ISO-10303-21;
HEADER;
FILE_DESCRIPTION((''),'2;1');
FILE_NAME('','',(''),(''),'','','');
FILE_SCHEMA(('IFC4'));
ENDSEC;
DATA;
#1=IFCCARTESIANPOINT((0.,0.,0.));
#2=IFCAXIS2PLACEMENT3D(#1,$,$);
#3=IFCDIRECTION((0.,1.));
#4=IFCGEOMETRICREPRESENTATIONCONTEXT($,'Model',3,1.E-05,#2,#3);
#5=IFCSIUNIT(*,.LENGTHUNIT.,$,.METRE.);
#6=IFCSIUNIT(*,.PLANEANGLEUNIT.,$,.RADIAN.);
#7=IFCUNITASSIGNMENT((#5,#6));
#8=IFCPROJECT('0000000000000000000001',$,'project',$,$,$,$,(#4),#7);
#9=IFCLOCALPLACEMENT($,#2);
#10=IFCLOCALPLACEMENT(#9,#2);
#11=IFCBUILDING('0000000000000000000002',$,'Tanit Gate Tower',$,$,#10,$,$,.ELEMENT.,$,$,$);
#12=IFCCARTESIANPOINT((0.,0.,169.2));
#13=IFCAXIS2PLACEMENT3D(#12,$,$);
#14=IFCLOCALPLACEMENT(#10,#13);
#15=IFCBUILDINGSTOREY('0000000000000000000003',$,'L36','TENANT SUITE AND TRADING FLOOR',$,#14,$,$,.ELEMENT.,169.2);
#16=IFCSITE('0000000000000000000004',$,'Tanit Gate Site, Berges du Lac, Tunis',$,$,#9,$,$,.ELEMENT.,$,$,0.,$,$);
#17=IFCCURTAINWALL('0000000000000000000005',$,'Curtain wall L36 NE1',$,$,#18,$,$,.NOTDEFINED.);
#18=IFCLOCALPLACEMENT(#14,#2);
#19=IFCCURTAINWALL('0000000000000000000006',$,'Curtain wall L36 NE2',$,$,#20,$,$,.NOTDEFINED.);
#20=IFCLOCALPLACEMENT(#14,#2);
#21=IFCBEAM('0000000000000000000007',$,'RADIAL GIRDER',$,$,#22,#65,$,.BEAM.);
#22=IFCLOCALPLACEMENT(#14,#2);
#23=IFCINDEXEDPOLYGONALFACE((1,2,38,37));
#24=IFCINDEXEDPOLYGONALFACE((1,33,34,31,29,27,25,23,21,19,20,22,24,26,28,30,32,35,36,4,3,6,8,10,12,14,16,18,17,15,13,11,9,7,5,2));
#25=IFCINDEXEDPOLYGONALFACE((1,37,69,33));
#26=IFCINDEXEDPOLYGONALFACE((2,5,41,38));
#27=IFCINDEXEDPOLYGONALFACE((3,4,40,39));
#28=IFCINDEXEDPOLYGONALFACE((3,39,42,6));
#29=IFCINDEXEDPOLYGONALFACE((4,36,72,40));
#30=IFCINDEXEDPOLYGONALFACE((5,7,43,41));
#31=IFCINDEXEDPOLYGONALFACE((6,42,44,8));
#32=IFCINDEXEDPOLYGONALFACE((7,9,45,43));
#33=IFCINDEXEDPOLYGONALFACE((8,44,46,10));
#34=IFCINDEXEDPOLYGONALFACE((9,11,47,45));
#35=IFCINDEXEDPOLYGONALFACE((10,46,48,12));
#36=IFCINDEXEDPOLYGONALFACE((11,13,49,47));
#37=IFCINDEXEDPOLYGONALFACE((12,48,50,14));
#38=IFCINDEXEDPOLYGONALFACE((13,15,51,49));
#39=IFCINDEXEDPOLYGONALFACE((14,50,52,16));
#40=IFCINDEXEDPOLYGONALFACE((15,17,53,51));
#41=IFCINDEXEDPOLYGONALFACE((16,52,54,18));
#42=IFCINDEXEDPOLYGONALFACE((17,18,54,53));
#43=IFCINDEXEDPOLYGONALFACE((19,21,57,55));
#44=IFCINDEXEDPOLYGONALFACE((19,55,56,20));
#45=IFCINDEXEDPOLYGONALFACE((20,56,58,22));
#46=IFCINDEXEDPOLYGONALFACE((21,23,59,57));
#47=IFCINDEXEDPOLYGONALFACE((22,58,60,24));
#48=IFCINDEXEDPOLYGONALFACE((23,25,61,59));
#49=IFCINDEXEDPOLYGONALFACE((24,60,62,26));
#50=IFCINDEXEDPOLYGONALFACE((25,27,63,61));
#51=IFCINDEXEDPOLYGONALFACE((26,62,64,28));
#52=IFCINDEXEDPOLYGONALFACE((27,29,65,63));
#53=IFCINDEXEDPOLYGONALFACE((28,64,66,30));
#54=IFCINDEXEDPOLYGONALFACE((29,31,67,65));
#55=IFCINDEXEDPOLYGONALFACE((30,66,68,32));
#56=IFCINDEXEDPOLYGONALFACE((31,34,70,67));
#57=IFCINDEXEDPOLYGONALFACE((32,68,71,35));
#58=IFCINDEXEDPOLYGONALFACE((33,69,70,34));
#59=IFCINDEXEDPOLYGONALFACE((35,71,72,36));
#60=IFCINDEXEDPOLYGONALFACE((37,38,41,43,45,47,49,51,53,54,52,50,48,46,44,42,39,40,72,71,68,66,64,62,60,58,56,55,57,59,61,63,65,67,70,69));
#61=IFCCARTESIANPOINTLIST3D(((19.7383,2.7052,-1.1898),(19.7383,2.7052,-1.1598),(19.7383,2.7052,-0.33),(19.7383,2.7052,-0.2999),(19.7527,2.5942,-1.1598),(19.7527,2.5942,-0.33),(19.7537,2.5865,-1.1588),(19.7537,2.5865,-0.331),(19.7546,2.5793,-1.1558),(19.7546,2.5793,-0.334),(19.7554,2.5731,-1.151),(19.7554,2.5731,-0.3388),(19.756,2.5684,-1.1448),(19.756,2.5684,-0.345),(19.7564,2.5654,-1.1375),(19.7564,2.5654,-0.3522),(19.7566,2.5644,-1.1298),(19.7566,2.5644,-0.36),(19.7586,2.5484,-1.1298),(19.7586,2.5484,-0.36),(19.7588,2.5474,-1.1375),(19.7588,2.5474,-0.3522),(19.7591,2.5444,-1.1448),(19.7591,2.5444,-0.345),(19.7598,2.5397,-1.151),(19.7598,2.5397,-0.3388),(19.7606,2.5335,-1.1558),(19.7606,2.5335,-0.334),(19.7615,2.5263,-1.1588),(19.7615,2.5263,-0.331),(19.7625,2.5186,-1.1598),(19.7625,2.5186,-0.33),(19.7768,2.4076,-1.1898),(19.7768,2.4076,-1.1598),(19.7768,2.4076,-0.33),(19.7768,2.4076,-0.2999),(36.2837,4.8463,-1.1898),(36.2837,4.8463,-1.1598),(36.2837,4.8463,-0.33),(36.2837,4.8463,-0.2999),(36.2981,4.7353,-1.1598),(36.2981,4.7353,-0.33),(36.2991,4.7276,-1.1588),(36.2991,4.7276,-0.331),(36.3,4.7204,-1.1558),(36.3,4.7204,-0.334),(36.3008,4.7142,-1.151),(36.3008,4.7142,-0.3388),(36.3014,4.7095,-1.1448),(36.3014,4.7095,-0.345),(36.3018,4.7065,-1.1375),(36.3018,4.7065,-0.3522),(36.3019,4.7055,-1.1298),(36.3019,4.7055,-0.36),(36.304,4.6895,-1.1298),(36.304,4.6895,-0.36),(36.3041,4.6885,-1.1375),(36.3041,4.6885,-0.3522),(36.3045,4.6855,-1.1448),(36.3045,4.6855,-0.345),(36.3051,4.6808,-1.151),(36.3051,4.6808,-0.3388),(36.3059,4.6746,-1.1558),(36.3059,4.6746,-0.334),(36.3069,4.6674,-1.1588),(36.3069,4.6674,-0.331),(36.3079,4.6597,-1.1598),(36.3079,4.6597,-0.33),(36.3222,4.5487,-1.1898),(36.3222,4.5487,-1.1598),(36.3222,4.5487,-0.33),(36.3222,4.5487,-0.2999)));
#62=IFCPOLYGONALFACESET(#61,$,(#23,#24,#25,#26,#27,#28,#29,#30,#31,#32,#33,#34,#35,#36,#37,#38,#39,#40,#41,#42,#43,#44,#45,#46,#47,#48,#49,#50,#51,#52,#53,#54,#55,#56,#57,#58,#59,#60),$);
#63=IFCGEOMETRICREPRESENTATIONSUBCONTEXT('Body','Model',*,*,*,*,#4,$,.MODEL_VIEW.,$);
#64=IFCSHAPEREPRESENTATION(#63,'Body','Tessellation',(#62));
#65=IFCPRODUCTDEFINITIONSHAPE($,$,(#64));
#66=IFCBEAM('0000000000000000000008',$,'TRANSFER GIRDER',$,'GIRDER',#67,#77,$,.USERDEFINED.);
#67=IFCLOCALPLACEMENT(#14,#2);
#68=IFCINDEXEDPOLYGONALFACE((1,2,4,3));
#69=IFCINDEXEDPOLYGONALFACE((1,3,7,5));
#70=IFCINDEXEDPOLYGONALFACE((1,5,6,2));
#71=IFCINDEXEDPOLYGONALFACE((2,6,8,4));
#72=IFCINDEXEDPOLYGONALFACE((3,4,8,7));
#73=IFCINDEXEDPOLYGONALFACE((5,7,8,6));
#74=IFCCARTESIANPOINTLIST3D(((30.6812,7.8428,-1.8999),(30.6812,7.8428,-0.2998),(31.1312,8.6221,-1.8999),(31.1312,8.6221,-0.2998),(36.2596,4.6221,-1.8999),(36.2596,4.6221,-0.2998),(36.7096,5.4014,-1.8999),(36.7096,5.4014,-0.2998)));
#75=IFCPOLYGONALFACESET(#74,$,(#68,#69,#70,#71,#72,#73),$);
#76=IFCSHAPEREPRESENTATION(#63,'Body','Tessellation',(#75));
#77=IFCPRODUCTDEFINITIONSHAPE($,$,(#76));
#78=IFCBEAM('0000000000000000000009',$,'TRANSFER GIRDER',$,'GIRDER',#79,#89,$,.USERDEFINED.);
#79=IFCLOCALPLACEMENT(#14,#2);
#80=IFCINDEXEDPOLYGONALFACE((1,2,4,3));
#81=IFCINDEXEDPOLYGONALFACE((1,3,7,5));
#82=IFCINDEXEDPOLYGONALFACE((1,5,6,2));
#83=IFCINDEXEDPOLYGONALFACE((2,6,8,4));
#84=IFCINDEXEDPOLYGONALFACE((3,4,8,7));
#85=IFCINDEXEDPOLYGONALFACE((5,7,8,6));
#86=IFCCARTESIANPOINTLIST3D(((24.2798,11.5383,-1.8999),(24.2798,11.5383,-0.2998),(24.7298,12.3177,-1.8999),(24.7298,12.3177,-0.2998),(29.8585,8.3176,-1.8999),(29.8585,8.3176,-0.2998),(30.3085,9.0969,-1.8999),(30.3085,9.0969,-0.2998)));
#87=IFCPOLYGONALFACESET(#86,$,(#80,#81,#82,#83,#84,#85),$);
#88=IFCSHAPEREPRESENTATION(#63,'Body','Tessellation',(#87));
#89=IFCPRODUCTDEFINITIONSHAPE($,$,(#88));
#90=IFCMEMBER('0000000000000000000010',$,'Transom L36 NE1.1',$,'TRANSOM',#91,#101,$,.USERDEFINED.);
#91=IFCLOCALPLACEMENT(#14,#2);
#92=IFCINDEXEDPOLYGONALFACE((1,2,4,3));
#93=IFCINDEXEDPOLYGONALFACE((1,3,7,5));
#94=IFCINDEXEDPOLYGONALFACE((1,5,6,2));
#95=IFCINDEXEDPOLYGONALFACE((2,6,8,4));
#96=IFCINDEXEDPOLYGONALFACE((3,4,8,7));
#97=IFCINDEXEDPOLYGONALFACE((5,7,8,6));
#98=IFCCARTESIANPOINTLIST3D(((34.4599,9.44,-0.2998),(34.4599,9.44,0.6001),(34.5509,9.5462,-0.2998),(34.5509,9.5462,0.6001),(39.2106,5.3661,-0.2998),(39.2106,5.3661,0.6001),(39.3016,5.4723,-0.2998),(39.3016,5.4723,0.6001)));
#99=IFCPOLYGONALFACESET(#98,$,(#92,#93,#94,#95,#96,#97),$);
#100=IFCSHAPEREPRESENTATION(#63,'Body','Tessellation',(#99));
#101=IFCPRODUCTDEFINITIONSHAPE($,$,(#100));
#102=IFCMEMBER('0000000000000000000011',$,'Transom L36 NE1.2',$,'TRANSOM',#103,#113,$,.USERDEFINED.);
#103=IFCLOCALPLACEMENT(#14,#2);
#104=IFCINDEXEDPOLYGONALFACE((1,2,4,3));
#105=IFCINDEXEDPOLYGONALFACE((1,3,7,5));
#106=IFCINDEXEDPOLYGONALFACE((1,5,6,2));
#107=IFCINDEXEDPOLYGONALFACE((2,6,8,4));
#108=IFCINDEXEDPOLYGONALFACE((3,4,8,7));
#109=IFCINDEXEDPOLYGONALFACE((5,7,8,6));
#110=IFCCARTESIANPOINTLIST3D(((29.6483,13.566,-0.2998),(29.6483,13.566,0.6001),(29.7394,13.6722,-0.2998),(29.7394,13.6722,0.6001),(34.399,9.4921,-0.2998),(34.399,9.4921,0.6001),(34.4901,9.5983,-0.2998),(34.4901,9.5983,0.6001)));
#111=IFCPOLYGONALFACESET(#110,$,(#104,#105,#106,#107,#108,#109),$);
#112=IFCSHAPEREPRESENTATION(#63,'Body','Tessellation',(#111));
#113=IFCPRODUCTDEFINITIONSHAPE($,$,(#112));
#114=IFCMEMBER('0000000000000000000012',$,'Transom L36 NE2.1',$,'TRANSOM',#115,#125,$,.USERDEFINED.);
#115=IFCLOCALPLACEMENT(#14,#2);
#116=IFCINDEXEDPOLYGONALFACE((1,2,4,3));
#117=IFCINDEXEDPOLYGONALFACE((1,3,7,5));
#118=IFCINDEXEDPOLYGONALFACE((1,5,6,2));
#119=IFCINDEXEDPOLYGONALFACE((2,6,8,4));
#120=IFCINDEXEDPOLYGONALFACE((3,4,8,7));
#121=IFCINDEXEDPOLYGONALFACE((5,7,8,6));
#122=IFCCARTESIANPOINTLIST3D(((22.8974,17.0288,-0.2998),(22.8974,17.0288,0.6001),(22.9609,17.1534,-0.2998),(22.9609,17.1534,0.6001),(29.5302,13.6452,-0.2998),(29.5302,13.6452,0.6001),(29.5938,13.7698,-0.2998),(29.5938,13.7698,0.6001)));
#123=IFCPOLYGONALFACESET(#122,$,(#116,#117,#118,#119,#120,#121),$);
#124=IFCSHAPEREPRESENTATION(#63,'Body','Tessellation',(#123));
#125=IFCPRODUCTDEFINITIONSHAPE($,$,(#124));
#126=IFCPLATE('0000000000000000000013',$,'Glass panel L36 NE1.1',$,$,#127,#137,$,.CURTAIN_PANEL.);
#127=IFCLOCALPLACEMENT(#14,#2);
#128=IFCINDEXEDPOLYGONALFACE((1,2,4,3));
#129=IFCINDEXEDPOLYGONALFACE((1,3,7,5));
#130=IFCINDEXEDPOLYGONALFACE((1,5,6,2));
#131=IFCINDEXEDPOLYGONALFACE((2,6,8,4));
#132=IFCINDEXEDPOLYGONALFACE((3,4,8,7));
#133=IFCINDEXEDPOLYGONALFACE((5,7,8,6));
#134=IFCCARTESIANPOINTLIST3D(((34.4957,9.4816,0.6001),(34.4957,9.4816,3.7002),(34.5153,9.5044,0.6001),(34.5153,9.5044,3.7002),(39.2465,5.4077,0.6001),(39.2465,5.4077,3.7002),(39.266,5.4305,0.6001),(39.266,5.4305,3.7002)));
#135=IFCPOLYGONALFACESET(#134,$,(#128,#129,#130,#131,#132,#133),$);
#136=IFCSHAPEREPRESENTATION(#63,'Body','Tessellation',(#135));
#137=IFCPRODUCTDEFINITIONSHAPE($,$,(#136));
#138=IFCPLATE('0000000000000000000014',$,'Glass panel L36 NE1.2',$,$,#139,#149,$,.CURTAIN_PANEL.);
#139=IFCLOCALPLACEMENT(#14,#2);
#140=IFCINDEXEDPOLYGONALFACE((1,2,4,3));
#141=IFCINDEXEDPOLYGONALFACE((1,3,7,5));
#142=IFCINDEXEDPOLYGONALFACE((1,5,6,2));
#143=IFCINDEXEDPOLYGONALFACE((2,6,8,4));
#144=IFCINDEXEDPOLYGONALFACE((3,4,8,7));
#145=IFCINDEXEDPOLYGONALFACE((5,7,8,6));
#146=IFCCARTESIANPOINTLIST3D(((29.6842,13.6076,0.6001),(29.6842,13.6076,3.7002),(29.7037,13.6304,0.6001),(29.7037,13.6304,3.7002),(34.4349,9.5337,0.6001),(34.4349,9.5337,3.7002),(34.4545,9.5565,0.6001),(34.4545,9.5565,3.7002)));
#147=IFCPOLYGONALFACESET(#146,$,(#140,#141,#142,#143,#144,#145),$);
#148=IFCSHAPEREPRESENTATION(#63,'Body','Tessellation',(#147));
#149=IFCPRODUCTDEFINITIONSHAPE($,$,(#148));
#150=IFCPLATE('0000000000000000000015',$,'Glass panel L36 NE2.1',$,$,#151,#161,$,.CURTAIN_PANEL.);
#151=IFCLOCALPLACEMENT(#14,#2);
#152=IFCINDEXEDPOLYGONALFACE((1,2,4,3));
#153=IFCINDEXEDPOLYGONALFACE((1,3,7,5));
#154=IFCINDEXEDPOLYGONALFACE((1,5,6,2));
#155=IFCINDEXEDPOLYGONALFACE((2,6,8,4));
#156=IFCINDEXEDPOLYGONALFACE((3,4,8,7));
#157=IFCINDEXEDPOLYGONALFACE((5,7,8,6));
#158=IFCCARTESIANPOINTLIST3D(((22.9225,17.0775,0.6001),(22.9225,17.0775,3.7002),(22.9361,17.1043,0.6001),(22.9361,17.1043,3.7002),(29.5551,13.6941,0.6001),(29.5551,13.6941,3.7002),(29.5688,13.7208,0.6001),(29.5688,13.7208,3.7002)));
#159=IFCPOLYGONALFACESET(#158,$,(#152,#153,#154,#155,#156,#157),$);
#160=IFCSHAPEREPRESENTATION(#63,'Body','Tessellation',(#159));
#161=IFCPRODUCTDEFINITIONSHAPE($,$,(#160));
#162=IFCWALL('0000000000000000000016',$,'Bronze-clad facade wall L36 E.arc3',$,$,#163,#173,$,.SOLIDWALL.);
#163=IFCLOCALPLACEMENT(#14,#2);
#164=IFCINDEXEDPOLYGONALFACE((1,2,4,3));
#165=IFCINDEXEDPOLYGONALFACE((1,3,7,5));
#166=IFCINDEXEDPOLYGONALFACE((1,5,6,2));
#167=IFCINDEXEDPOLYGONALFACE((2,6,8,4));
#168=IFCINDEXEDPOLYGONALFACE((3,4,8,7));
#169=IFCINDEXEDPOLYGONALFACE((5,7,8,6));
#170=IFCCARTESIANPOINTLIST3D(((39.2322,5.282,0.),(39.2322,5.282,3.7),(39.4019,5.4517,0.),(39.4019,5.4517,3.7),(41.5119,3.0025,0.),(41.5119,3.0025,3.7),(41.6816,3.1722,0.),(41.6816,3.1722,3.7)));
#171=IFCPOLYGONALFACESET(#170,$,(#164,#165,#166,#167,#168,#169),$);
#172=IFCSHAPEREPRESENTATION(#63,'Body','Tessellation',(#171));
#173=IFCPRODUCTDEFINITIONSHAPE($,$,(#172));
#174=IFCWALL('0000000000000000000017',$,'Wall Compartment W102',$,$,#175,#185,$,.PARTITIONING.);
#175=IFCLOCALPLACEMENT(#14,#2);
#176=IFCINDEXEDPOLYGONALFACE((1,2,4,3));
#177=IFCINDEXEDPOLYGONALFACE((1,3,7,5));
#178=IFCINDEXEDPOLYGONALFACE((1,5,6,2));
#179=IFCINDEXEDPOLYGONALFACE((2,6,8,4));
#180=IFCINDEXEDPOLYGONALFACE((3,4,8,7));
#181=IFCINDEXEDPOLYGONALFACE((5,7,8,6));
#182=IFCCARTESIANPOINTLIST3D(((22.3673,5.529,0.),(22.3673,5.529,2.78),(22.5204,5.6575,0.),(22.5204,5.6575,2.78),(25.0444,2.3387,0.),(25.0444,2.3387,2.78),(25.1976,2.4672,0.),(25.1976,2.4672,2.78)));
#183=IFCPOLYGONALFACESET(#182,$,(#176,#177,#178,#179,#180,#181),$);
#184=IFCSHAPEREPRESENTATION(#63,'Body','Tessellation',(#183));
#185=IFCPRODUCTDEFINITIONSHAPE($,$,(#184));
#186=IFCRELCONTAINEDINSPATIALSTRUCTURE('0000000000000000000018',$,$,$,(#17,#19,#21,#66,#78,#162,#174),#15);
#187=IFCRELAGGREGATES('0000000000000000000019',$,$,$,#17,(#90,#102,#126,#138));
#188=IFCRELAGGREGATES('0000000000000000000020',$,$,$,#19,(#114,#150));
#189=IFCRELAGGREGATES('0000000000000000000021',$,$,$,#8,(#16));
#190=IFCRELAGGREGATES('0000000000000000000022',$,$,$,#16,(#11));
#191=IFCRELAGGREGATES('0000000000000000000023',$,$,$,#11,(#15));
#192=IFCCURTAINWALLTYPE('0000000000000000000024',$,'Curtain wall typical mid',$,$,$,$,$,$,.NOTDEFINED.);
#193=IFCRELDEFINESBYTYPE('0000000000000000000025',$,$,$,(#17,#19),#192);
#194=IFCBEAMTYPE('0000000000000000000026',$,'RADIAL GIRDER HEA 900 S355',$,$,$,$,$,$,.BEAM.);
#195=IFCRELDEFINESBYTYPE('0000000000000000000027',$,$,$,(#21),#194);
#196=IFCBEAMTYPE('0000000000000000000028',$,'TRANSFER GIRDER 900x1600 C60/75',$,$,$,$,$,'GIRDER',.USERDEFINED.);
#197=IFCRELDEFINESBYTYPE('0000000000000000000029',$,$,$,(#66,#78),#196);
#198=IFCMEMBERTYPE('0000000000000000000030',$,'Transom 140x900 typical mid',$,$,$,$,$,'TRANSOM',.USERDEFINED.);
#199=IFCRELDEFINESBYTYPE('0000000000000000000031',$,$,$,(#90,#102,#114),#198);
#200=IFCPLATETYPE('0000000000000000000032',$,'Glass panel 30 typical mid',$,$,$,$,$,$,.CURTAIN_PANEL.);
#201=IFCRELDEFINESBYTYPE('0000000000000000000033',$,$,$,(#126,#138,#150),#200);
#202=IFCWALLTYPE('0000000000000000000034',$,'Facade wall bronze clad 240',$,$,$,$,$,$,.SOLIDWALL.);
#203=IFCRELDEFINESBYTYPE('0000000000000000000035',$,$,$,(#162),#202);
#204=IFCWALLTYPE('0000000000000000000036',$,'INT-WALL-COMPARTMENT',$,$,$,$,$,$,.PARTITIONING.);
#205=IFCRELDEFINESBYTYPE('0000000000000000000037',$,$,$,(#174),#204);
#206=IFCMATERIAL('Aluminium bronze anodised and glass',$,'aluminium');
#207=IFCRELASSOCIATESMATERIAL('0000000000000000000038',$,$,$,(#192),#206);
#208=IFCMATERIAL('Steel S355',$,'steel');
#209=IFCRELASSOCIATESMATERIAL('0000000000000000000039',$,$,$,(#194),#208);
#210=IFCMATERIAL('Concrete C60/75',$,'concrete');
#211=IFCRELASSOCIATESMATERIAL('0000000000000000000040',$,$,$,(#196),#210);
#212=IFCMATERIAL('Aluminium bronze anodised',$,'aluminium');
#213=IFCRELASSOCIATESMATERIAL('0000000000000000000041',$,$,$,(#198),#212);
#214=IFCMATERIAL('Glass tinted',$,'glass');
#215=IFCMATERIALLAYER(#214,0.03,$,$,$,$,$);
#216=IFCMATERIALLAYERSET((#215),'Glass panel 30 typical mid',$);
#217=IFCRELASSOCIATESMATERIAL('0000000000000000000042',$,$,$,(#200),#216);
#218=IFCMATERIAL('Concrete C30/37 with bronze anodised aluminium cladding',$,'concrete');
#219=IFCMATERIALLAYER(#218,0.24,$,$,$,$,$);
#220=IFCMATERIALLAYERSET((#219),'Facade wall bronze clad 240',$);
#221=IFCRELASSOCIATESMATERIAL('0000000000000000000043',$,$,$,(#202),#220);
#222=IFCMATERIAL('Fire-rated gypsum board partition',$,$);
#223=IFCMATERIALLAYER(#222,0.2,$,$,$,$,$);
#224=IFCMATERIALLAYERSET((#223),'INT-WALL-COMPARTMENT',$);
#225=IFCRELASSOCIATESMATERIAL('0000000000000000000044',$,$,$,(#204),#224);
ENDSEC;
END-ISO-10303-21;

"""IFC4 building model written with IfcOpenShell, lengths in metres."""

from ifc_helpers import new_model, si_unit, direction, frame, frame_2d, origin, origin_2d, place, context, subcontext, project, spatial, rectangle, i_section, extrude, material, layer, layer_set, material_profile, profile_set, type_object, element, aggregate, save


model = new_model("IFC4")

# Units and contexts
model_context = context("Model", 3, precision=1e-05, world=origin(), true_north=direction((0.0, 1.0)))
body_context = subcontext(model_context, "Body", "Model", "MODEL_VIEW")
ifc_project = project(units=[si_unit("LENGTHUNIT", "METRE"), si_unit("PLANEANGLEUNIT", "RADIAN")], contexts=[model_context])

# Site, building, storey
site_placement = place(None, origin())
site = spatial("IfcSite", under=ifc_project, at=site_placement, Name="Tanit Gate Site, Berges du Lac, Tunis", CompositionType="ELEMENT", RefElevation=0.0)
building_placement = place(site_placement, origin())
building = spatial("IfcBuilding", under=site, at=building_placement, Name="Tanit Gate Tower", CompositionType="ELEMENT")
storey_placement = place(building_placement, frame((0.0, 0.0, 169.2)))
storey = spatial("IfcBuildingStorey", under=building, at=storey_placement, Name="L36", Description="TENANT SUITE AND TRADING FLOOR", CompositionType="ELEMENT", Elevation=169.2)

# Curtain walls
ifc_material_1 = material(Name="Aluminium bronze anodised and glass", Category="aluminium")
curtain_wall_type = type_object("IfcCurtainWallType", Name="Curtain wall typical mid", PredefinedType="NOTDEFINED", material=ifc_material_1)
curtain_wall_1_placement = place(storey_placement, origin())
curtain_wall_1 = element("IfcCurtainWall", 1, at=curtain_wall_1_placement, inside=storey, type_object=curtain_wall_type, Name="Curtain wall L36 NE1", PredefinedType="NOTDEFINED")
curtain_wall_2_placement = place(storey_placement, origin())
curtain_wall_2 = element("IfcCurtainWall", 2, at=curtain_wall_2_placement, inside=storey, type_object=curtain_wall_type, Name="Curtain wall L36 NE2", PredefinedType="NOTDEFINED")

# Beams
ifc_material_2 = material(Name="Steel S355", Category="steel")
ifc_material_profile_1 = material_profile(ifc_material_2, i_section(OverallWidth=0.3, OverallDepth=0.8899, WebThickness=0.0161, FlangeThickness=0.03, FilletRadius=0.03, at=origin_2d()), Name="HEA 900")
ifc_profile_set_1 = profile_set([ifc_material_profile_1], Name="Steel S355")
beam_type_1 = type_object("IfcBeamType", Name="RADIAL GIRDER HEA 900 S355", PredefinedType="BEAM", material=ifc_profile_set_1)
beam_1_placement = place(storey_placement, frame((36.303, 4.6975, -0.7449), z_axis=(-0.99173, -0.128338, 0.0), x_axis=(0.128338, -0.99173, 0.0)))
element("IfcBeam", 3, at=beam_1_placement, inside=storey, type_object=beam_type_1, Name="RADIAL GIRDER", PredefinedType="BEAM", context=body_context, shape_type="SweptSolid", body=[
    extrude(i_section(OverallWidth=0.3, OverallDepth=0.8899, WebThickness=0.0161, FlangeThickness=0.03, FilletRadius=0.03, at=origin_2d()), origin(), (0.0, 0.0, 1.0), 16.6833),
])
ifc_material_3 = material(Name="Concrete C60/75", Category="concrete")
ifc_material_profile_2 = material_profile(ifc_material_3, rectangle(XDim=0.8999, YDim=1.6001, at=origin_2d()), Name="RC 900x1600")
ifc_profile_set_2 = profile_set([ifc_material_profile_2], Name="Concrete C60/75")
beam_type_2 = type_object("IfcBeamType", Name="TRANSFER GIRDER 900x1600 C60/75", ElementType="GIRDER", PredefinedType="USERDEFINED", material=ifc_profile_set_2)
beam_2_placement = place(storey_placement, frame((36.4846, 5.0117, -1.0999), z_axis=(-0.866023, 0.500004, 0.0), x_axis=(-0.500004, -0.866023, 0.0)))
element("IfcBeam", 4, at=beam_2_placement, inside=storey, type_object=beam_type_2, Name="TRANSFER GIRDER", ObjectType="GIRDER", PredefinedType="USERDEFINED", context=body_context, shape_type="SweptSolid", body=[
    extrude(rectangle(XDim=0.8999, YDim=1.6001, at=origin_2d()), origin(), (0.0, 0.0, 1.0), 6.4414),
])
beam_3_placement = place(storey_placement, frame((30.0835, 8.7073, -1.0999), z_axis=(-0.866033, 0.499987, 0.0), x_axis=(-0.499987, -0.866033, 0.0)))
element("IfcBeam", 5, at=beam_3_placement, inside=storey, type_object=beam_type_2, Name="TRANSFER GIRDER", ObjectType="GIRDER", PredefinedType="USERDEFINED", context=body_context, shape_type="SweptSolid", body=[
    extrude(rectangle(XDim=0.8999, YDim=1.6001, at=origin_2d()), origin(), (0.0, 0.0, 1.0), 6.4417),
])

# Members
ifc_material_4 = material(Name="Aluminium bronze anodised", Category="aluminium")
ifc_material_profile_3 = material_profile(ifc_material_4, rectangle(XDim=0.1399, YDim=0.8999, at=origin_2d()), Name="140x900 bronze transom")
ifc_profile_set_3 = profile_set([ifc_material_profile_3], Name="Aluminium bronze anodised")
member_type_1 = type_object("IfcMemberType", Name="Transom 140x900 typical mid", ElementType="TRANSOM", PredefinedType="USERDEFINED", material=ifc_profile_set_3)
member_1_placement = place(storey_placement, frame((39.2561, 5.4192, 0.1501), z_axis=(-0.759105, 0.650968, 0.0), x_axis=(-0.650968, -0.759105, 0.0)))
member_1 = element("IfcMember", 6, at=member_1_placement, type_object=member_type_1, Name="Transom L36 NE1.1", ObjectType="TRANSOM", PredefinedType="USERDEFINED", context=body_context, shape_type="SweptSolid", body=[
    extrude(rectangle(XDim=0.1399, YDim=0.8999, at=origin_2d()), origin(), (0.0, 0.0, 1.0), 6.2583),
])
member_2_placement = place(storey_placement, frame((34.4446, 9.5452, 0.1501), z_axis=(-0.759105, 0.650968, 0.0), x_axis=(-0.650968, -0.759105, 0.0)))
member_2 = element("IfcMember", 7, at=member_2_placement, type_object=member_type_1, Name="Transom L36 NE1.2", ObjectType="TRANSOM", PredefinedType="USERDEFINED", context=body_context, shape_type="SweptSolid", body=[
    extrude(rectangle(XDim=0.1399, YDim=0.8999, at=origin_2d()), origin(), (0.0, 0.0, 1.0), 6.2583),
])
member_3_placement = place(storey_placement, frame((29.562, 13.7075, 0.1501), z_axis=(-0.890791, 0.454412, 0.0), x_axis=(-0.454412, -0.890791, 0.0)))
member_3 = element("IfcMember", 8, at=member_3_placement, type_object=member_type_1, Name="Transom L36 NE2.1", ObjectType="TRANSOM", PredefinedType="USERDEFINED", context=body_context, shape_type="SweptSolid", body=[
    extrude(rectangle(XDim=0.1399, YDim=0.8999, at=origin_2d()), origin(), (0.0, 0.0, 1.0), 7.446),
])

# Plates
ifc_material_5 = material(Name="Glass tinted", Category="glass")
ifc_layer_1 = layer(ifc_material_5, 0.03)
ifc_layer_set_1 = layer_set([ifc_layer_1], Name="Glass panel 30 typical mid")
plate_type = type_object("IfcPlateType", Name="Glass panel 30 typical mid", PredefinedType="CURTAIN_PANEL", material=ifc_layer_set_1)
plate_1_placement = place(storey_placement, frame((36.8809, 7.4561, 0.6001), z_axis=(0.0, 0.0, 1.0), x_axis=(-0.759109, 0.650963, 0.0)))
plate_1 = element("IfcPlate", 9, at=plate_1_placement, type_object=plate_type, Name="Glass panel L36 NE1.1", PredefinedType="CURTAIN_PANEL", context=body_context, shape_type="SweptSolid", body=[
    extrude(rectangle(XDim=6.2583, YDim=0.03, at=origin_2d()), origin(), (0.0, 0.0, 1.0), 3.1001),
])
plate_2_placement = place(storey_placement, frame((32.0693, 11.582, 0.6001), z_axis=(0.0, 0.0, 1.0), x_axis=(-0.759109, 0.650963, 0.0)))
plate_2 = element("IfcPlate", 10, at=plate_2_placement, type_object=plate_type, Name="Glass panel L36 NE1.2", PredefinedType="CURTAIN_PANEL", context=body_context, shape_type="SweptSolid", body=[
    extrude(rectangle(XDim=6.2583, YDim=0.03, at=origin_2d()), origin(), (0.0, 0.0, 1.0), 3.1001),
])
aggregate(curtain_wall_1, [member_1, member_2, plate_1, plate_2])
plate_3_placement = place(storey_placement, frame((26.2456, 15.3992, 0.6001), z_axis=(0.0, 0.0, 1.0), x_axis=(-0.890792, 0.454411, 0.0)))
plate_3 = element("IfcPlate", 11, at=plate_3_placement, type_object=plate_type, Name="Glass panel L36 NE2.1", PredefinedType="CURTAIN_PANEL", context=body_context, shape_type="SweptSolid", body=[
    extrude(rectangle(XDim=7.4458, YDim=0.03, at=origin_2d()), origin(), (0.0, 0.0, 1.0), 3.1001),
])
aggregate(curtain_wall_2, [member_3, plate_3])

# Walls
ifc_material_6 = material(Name="Concrete C30/37 with bronze anodised aluminium cladding", Category="concrete")
ifc_layer_2 = layer(ifc_material_6, 0.24)
ifc_layer_set_2 = layer_set([ifc_layer_2], Name="Facade wall bronze clad 240")
wall_type_1 = type_object("IfcWallType", Name="Facade wall bronze clad 240", PredefinedType="SOLIDWALL", material=ifc_layer_set_2)
wall_1_placement = place(storey_placement, frame((41.5967, 3.0874, 0.0), z_axis=(0.0, 0.0, 1.0), x_axis=(-0.707145, 0.707069, 0.0)))
element("IfcWall", 12, at=wall_1_placement, inside=storey, type_object=wall_type_1, Name="Bronze-clad facade wall L36 E.arc3", PredefinedType="SOLIDWALL", context=body_context, shape_type="SweptSolid", body=[
    extrude(rectangle(XDim=3.2239, YDim=0.24, at=frame_2d((1.6118, 0.0))), origin(), (0.0, 0.0, 1.0), 3.7),
])
ifc_material_7 = material(Name="Fire-rated gypsum board partition")
ifc_layer_3 = layer(ifc_material_7, 0.2)
ifc_layer_set_3 = layer_set([ifc_layer_3], Name="INT-WALL-COMPARTMENT")
wall_type_2 = type_object("IfcWallType", Name="INT-WALL-COMPARTMENT", PredefinedType="PARTITIONING", material=ifc_layer_set_3)
wall_2_placement = place(storey_placement, frame((25.1211, 2.4028, 0.0), z_axis=(0.0, 0.0, 1.0), x_axis=(-0.64281, 0.766026, 0.0)))
element("IfcWall", 13, at=wall_2_placement, inside=storey, type_object=wall_type_2, Name="Wall Compartment W102", PredefinedType="PARTITIONING", context=body_context, shape_type="SweptSolid", body=[
    extrude(rectangle(XDim=4.1648, YDim=0.2, at=frame_2d((2.0825, 0.0))), origin(), (0.0, 0.0, 1.0), 2.78),
])

save(model, "model.ifc")
